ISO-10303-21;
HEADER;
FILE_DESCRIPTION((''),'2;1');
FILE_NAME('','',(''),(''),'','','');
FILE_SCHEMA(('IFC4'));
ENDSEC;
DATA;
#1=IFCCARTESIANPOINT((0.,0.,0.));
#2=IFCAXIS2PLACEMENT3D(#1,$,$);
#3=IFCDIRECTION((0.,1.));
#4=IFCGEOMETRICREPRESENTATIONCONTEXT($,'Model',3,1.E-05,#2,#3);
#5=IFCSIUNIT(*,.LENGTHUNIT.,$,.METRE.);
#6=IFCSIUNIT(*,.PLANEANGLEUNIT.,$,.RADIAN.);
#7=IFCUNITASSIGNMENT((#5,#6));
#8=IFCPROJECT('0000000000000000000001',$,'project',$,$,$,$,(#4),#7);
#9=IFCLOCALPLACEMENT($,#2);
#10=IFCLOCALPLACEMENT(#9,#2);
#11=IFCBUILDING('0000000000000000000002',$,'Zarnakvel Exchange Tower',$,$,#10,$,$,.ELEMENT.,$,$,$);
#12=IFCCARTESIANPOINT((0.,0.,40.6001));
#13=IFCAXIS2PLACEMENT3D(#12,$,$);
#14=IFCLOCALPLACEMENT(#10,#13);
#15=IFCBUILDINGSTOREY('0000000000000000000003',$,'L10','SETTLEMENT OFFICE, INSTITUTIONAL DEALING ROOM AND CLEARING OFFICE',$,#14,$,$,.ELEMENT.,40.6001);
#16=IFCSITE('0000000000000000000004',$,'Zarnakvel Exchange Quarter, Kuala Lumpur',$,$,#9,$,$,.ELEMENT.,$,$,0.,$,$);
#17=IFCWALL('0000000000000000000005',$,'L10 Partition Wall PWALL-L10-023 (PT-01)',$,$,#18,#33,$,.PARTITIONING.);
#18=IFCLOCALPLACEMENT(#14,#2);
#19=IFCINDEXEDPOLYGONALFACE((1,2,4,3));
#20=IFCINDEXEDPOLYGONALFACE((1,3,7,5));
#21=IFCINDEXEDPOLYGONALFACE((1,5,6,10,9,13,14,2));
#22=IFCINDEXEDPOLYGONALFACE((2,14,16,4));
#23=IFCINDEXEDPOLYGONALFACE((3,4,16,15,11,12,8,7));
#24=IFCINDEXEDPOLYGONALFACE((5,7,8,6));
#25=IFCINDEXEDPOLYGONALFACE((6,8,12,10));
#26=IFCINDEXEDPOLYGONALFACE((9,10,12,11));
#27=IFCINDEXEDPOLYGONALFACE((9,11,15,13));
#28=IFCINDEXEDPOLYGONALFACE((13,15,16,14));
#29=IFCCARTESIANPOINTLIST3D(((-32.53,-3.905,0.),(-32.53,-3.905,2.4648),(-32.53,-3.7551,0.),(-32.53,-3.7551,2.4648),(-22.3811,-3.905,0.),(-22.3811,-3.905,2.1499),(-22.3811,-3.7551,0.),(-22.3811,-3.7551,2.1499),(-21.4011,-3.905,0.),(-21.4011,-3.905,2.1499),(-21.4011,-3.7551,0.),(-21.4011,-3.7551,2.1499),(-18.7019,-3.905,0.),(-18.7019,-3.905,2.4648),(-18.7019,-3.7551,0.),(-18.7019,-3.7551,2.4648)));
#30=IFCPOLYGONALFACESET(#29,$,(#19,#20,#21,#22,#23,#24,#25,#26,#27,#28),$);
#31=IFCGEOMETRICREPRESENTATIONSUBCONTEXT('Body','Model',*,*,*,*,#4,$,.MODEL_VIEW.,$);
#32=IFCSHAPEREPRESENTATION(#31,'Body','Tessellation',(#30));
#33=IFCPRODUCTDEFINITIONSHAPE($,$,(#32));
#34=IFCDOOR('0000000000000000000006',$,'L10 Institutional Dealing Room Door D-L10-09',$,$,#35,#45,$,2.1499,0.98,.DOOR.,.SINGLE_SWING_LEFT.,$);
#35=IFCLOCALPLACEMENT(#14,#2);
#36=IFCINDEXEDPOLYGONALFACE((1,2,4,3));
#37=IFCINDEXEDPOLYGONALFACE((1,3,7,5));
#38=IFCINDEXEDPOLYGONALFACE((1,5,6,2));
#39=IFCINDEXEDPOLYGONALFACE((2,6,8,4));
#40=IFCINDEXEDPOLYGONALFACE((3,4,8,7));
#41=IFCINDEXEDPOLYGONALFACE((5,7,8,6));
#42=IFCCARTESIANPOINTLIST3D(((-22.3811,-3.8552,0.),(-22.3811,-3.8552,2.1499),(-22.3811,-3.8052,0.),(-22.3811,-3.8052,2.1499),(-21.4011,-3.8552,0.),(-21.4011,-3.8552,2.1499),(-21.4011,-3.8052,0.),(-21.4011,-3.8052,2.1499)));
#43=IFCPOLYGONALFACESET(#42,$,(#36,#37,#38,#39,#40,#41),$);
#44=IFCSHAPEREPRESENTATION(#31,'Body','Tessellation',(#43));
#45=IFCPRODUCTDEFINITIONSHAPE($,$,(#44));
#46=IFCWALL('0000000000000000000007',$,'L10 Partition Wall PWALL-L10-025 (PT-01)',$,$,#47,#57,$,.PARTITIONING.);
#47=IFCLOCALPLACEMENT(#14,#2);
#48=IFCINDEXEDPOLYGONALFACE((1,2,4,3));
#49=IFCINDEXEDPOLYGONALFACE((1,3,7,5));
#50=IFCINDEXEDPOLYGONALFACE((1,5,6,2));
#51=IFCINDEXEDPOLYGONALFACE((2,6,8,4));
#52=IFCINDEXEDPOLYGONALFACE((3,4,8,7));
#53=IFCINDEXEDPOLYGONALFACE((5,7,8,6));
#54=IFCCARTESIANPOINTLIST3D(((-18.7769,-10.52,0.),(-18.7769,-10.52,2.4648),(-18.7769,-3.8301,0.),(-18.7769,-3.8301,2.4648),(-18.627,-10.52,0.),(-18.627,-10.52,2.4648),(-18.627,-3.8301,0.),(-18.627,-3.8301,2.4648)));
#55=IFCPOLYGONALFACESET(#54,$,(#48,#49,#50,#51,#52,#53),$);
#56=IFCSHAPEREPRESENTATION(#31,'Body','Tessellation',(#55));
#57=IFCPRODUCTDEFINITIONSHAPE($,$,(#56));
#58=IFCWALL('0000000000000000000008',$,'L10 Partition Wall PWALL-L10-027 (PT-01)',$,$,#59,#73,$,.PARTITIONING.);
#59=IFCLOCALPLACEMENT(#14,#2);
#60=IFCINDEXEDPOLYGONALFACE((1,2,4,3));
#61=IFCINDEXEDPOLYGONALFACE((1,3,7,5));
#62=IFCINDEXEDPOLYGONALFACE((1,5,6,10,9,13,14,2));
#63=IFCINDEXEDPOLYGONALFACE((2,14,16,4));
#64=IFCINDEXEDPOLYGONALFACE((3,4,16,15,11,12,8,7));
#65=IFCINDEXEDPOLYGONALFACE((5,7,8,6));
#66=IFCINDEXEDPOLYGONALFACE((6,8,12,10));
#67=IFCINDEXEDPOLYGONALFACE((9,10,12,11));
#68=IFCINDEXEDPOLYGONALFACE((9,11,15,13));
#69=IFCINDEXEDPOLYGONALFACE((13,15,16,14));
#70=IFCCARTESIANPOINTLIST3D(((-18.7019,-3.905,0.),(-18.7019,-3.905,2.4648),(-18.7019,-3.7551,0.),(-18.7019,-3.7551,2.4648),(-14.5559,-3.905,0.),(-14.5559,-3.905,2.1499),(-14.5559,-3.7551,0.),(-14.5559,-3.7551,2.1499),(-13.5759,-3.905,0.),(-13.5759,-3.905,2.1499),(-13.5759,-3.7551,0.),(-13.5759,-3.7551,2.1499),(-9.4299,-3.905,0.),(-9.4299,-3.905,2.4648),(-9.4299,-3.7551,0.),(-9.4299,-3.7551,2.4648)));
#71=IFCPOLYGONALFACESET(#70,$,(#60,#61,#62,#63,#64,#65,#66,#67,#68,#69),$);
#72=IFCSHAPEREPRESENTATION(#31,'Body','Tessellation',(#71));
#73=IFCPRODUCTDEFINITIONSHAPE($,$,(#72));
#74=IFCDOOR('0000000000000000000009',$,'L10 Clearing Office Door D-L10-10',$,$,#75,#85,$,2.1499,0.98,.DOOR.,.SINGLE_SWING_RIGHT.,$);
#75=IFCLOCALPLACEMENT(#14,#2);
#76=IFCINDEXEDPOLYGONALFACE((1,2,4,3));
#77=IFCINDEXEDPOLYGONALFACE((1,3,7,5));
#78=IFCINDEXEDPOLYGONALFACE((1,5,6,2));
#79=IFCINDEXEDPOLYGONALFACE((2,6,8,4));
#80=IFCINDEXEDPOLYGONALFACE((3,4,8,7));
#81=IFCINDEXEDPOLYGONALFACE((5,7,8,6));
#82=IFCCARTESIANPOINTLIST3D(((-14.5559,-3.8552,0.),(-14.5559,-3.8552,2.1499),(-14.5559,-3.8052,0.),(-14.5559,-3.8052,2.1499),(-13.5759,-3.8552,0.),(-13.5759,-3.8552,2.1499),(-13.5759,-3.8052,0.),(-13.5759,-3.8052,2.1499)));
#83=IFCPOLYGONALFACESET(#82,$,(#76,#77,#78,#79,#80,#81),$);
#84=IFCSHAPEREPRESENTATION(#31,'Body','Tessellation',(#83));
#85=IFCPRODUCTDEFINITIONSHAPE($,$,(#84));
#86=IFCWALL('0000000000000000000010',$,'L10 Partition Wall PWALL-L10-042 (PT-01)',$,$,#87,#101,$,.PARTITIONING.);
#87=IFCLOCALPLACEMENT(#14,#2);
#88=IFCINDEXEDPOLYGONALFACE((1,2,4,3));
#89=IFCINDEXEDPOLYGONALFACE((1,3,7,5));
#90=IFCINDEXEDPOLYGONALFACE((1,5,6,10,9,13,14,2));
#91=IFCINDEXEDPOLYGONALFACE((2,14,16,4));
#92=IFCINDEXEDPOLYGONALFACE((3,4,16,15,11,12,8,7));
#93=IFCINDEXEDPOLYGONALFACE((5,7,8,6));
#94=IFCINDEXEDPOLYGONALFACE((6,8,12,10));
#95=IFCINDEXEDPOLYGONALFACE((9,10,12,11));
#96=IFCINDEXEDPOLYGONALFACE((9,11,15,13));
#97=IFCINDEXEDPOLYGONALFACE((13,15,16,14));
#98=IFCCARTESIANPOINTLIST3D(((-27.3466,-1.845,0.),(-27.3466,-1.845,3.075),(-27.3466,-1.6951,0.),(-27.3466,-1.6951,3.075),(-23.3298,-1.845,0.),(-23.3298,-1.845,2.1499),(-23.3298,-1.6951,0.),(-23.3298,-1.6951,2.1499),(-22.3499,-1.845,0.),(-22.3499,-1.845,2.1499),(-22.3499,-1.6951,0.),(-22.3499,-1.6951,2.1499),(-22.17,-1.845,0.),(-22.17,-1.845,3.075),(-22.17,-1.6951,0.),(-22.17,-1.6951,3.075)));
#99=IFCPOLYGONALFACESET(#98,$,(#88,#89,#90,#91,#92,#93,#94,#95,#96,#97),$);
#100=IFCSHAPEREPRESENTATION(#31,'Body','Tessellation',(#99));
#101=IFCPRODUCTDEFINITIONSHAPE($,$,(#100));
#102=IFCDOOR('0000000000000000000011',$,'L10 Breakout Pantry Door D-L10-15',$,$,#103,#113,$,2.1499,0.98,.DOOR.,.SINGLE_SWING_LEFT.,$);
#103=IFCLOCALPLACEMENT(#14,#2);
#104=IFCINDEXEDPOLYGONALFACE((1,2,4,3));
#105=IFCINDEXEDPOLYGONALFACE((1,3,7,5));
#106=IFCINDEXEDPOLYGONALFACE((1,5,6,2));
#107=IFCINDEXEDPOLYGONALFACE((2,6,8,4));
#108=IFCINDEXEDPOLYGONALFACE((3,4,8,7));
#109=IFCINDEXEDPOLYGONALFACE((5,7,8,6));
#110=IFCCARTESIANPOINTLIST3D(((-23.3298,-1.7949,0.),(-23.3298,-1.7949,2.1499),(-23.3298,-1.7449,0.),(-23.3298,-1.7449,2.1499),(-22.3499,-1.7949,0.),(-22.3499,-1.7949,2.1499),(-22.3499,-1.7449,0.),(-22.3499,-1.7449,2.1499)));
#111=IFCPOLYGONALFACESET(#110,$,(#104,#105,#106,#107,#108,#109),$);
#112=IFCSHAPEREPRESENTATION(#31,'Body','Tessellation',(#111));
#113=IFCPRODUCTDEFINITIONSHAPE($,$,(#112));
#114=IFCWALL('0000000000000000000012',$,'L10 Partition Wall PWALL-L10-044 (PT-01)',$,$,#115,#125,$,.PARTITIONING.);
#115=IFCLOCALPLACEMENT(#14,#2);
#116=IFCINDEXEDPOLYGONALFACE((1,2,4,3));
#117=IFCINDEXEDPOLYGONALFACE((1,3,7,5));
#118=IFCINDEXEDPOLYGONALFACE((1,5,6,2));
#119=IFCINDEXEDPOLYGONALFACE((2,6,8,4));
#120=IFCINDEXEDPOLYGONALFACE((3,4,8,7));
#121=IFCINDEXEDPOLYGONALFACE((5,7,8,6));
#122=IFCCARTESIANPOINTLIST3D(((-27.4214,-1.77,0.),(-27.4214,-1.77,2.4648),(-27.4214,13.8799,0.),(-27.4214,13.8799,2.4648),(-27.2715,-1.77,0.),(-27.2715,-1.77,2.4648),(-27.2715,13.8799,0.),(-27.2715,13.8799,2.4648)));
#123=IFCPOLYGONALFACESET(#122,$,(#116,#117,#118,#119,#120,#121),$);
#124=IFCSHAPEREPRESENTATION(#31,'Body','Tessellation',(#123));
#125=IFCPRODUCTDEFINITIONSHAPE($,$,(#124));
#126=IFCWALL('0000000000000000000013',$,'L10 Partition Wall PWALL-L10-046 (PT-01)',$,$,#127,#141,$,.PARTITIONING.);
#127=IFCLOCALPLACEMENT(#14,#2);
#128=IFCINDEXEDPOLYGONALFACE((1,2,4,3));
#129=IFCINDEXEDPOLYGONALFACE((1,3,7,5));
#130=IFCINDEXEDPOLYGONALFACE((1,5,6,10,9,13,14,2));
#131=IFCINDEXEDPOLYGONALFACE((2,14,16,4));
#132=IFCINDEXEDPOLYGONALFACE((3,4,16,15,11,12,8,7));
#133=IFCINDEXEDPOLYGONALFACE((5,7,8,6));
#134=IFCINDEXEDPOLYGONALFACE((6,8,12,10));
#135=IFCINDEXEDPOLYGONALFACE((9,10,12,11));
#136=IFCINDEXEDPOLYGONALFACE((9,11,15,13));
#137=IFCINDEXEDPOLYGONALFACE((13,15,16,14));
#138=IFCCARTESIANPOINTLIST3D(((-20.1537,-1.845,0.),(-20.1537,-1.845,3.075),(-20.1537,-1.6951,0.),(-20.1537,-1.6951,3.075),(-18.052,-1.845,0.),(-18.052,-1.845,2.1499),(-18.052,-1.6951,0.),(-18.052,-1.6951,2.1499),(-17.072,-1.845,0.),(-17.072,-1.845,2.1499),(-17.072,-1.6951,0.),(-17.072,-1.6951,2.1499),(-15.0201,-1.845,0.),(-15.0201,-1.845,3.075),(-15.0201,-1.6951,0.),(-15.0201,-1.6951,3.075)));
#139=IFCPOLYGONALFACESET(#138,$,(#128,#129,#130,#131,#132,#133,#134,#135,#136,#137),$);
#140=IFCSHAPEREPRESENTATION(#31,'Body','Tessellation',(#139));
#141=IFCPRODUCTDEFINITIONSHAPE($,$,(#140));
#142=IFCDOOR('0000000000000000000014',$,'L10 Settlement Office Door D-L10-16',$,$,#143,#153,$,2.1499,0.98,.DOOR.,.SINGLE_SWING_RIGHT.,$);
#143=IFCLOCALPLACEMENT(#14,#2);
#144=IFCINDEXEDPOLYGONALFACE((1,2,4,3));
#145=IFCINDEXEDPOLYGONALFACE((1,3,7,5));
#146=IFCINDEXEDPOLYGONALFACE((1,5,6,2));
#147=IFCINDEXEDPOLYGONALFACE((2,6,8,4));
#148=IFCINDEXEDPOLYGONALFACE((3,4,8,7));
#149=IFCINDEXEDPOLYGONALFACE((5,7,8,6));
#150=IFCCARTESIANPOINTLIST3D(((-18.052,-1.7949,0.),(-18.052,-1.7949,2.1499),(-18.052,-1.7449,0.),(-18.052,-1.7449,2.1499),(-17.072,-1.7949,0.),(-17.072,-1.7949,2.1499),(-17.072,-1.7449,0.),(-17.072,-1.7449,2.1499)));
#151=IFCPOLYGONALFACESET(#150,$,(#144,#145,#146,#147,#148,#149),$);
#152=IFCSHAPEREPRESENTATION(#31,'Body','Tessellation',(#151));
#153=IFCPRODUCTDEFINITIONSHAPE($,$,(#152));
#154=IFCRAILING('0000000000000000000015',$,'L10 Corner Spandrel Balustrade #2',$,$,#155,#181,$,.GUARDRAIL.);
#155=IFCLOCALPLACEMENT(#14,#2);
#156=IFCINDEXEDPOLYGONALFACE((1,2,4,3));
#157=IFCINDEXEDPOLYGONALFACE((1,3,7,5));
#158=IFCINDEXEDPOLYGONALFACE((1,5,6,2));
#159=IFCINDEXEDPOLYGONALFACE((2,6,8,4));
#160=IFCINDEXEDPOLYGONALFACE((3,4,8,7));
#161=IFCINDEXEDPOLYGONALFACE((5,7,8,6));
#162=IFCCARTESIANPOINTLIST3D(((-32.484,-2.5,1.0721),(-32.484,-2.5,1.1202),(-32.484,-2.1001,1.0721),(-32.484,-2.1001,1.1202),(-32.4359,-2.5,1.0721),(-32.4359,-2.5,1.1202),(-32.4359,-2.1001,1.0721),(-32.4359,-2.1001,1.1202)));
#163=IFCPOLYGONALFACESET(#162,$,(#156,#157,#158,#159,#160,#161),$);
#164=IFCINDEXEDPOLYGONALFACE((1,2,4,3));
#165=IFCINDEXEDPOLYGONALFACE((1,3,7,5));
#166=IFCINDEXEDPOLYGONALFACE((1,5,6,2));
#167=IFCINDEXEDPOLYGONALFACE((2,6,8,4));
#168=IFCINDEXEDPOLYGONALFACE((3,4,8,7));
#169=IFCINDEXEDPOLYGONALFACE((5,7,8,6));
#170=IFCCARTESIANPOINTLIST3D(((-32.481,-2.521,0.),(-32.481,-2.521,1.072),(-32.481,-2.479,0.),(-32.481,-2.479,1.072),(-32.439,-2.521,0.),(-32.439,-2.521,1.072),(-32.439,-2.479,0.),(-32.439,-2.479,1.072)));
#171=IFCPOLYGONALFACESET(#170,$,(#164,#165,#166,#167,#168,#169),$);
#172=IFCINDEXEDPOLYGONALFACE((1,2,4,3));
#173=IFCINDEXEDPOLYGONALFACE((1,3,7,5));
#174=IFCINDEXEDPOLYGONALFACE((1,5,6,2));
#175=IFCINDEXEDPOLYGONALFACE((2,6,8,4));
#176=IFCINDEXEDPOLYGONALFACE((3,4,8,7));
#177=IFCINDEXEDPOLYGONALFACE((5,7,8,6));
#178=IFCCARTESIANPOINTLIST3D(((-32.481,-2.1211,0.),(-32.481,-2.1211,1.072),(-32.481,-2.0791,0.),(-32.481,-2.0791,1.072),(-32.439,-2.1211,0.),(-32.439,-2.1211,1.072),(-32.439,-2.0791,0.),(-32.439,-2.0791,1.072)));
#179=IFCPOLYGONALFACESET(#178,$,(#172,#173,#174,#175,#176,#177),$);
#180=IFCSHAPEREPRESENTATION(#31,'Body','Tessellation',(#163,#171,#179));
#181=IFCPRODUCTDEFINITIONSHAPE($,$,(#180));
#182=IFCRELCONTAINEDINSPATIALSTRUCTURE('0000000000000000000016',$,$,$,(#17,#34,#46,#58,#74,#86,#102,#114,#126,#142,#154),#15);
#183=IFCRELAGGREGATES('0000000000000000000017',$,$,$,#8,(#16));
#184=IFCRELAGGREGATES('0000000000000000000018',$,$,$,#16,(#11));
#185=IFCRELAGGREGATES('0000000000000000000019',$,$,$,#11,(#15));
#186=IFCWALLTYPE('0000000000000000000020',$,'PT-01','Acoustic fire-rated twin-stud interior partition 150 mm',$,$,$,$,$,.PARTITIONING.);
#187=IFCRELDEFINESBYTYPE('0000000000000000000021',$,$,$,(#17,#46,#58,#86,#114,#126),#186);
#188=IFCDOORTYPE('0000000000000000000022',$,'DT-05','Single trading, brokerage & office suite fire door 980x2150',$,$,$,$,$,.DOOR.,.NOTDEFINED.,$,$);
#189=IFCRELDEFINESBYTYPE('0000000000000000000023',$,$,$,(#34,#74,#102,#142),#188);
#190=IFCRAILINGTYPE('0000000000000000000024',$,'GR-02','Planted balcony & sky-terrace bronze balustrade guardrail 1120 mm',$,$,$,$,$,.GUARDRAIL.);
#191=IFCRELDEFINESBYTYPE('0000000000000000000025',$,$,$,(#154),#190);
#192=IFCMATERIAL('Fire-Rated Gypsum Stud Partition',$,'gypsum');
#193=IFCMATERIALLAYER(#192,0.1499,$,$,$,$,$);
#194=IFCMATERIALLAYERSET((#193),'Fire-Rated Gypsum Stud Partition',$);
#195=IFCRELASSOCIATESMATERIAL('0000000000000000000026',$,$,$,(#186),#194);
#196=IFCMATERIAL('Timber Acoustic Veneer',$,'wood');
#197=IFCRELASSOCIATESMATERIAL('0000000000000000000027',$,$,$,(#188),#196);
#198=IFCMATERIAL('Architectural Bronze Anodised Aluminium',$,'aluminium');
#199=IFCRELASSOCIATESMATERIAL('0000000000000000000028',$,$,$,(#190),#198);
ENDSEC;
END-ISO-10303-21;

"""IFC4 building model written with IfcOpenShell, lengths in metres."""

from ifc_helpers import new_model, si_unit, direction, frame, frame_2d, origin, origin_2d, place, context, subcontext, project, spatial, rectangle, extrude, source, transform, mapped, material, layer, layer_set, type_object, element, fill, save


model = new_model("IFC4")

# Units and contexts
model_context = context("Model", 3, precision=1e-05, world=origin(), true_north=direction((0.0, 1.0)))
body_context = subcontext(model_context, "Body", "Model", "MODEL_VIEW")
ifc_project = project(units=[si_unit("LENGTHUNIT", "METRE"), si_unit("PLANEANGLEUNIT", "RADIAN")], contexts=[model_context])

# Site, building, storey
site_placement = place(None, origin())
site = spatial("IfcSite", under=ifc_project, at=site_placement, Name="Zarnakvel Exchange Quarter, Kuala Lumpur", CompositionType="ELEMENT", RefElevation=0.0)
building_placement = place(site_placement, origin())
building = spatial("IfcBuilding", under=site, at=building_placement, Name="Zarnakvel Exchange Tower", CompositionType="ELEMENT")
storey_placement = place(building_placement, frame((0.0, 0.0, 40.6001)))
storey = spatial("IfcBuildingStorey", under=building, at=storey_placement, Name="L10", Description="SETTLEMENT OFFICE, INSTITUTIONAL DEALING ROOM AND CLEARING OFFICE", CompositionType="ELEMENT", Elevation=40.6001)

# Shared definitions
ifc_material_1 = material(Name="Architectural Bronze Anodised Aluminium", Category="aluminium")

# Wall, opening, door
ifc_material_2 = material(Name="Fire-Rated Gypsum Stud Partition", Category="gypsum")
ifc_layer_1 = layer(ifc_material_2, 0.1499)
ifc_layer_set_1 = layer_set([ifc_layer_1], Name="Fire-Rated Gypsum Stud Partition")
wall_type_1 = type_object("IfcWallType", Name="PT-01", Description="Acoustic fire-rated twin-stud interior partition 150 mm", PredefinedType="PARTITIONING", material=ifc_layer_set_1)
wall_1_placement = place(storey_placement, frame((-32.53, -3.8301, 0.0), z_axis=(0.0, 0.0, 1.0), x_axis=(1.0, 0.0, 0.0)))
wall_1 = element("IfcWall", 1, at=wall_1_placement, inside=storey, type_object=wall_type_1, Name="L10 Partition Wall PWALL-L10-023 (PT-01)", PredefinedType="PARTITIONING", context=body_context, shape_type="SweptSolid", body=[
    extrude(rectangle(XDim=13.8281, YDim=0.1499, at=frame_2d((6.9141, 0.0))), origin(), (0.0, 0.0, 1.0), 2.4648),
])
opening_1_placement = place(wall_1_placement, frame((10.1489, 0.0, 0.0)))
opening_1 = element("IfcOpeningElement", 2, at=opening_1_placement, cuts=wall_1, PredefinedType="OPENING", context=body_context, shape_type="SweptSolid", body=[
    extrude(rectangle(XDim=0.98, YDim=2.1499, at=frame_2d((0.49, 1.075))), frame((0.0, 0.085, 0.0), z_axis=(0.0, -1.0, 0.0), x_axis=(1.0, 0.0, 0.0)), (0.0, 0.0, 1.0), 0.1699),
])
ifc_material_3 = material(Name="Timber Acoustic Veneer", Category="wood")
door_type = type_object("IfcDoorType", Name="DT-05", Description="Single trading, brokerage & office suite fire door 980x2150", OperationType="NOTDEFINED", PredefinedType="DOOR", material=ifc_material_3)
shared_shape_1 = source(origin(), body_context, "Body", "SweptSolid", [
    extrude(rectangle(XDim=0.98, YDim=2.1499, at=frame_2d((0.49, 1.075))), frame((0.0, 0.0249, 0.0), z_axis=(0.0, -1.0, 0.0), x_axis=(1.0, 0.0, 0.0)), (0.0, 0.0, 1.0), 0.05),
])
door_1_placement = place(opening_1_placement, origin())
door_1 = element("IfcDoor", 3, at=door_1_placement, inside=storey, type_object=door_type, Name="L10 Institutional Dealing Room Door D-L10-09", OperationType="SINGLE_SWING_LEFT", OverallHeight=2.1499, OverallWidth=0.98, PredefinedType="DOOR", context=body_context, shape_type="MappedRepresentation", body=[
    mapped(shared_shape_1, transform((0.0, 0.0, 0.0), x_axis=(1.0, 0.0, 0.0), y_axis=(0.0, 1.0, 0.0), z_axis=(0.0, 0.0, 1.0), scale=1.0)),
])
fill(opening_1, door_1)

# Wall
wall_2_placement = place(storey_placement, frame((-18.7019, -3.8301, 0.0), z_axis=(0.0, 0.0, 1.0), x_axis=(0.0, -1.0, 0.0)))
element("IfcWall", 4, at=wall_2_placement, inside=storey, type_object=wall_type_1, Name="L10 Partition Wall PWALL-L10-025 (PT-01)", PredefinedType="PARTITIONING", context=body_context, shape_type="SweptSolid", body=[
    extrude(rectangle(XDim=6.6899, YDim=0.1499, at=frame_2d((3.345, 0.0))), origin(), (0.0, 0.0, 1.0), 2.4648),
])

# Walls, openings, doors
wall_3_placement = place(storey_placement, frame((-18.7019, -3.8301, 0.0), z_axis=(0.0, 0.0, 1.0), x_axis=(1.0, 0.0, 0.0)))
wall_3 = element("IfcWall", 5, at=wall_3_placement, inside=storey, type_object=wall_type_1, Name="L10 Partition Wall PWALL-L10-027 (PT-01)", PredefinedType="PARTITIONING", context=body_context, shape_type="SweptSolid", body=[
    extrude(rectangle(XDim=9.272, YDim=0.1499, at=frame_2d((4.636, 0.0))), origin(), (0.0, 0.0, 1.0), 2.4648),
])
opening_2_placement = place(wall_3_placement, frame((4.146, 0.0, 0.0)))
opening_2 = element("IfcOpeningElement", 6, at=opening_2_placement, cuts=wall_3, PredefinedType="OPENING", context=body_context, shape_type="SweptSolid", body=[
    extrude(rectangle(XDim=0.98, YDim=2.1499, at=frame_2d((0.49, 1.075))), frame((0.0, 0.085, 0.0), z_axis=(0.0, -1.0, 0.0), x_axis=(1.0, 0.0, 0.0)), (0.0, 0.0, 1.0), 0.1699),
])
door_2_placement = place(opening_2_placement, origin())
door_2 = element("IfcDoor", 7, at=door_2_placement, inside=storey, type_object=door_type, Name="L10 Clearing Office Door D-L10-10", OperationType="SINGLE_SWING_RIGHT", OverallHeight=2.1499, OverallWidth=0.98, PredefinedType="DOOR", context=body_context, shape_type="MappedRepresentation", body=[
    mapped(shared_shape_1, transform((0.0, 0.0, 0.0), x_axis=(1.0, 0.0, 0.0), y_axis=(0.0, 1.0, 0.0), z_axis=(0.0, 0.0, 1.0), scale=1.0)),
])
fill(opening_2, door_2)
wall_4_placement = place(storey_placement, frame((-22.1699, -1.77, 0.0), z_axis=(0.0, 0.0, 1.0), x_axis=(-1.0, 0.0, 0.0)))
wall_4 = element("IfcWall", 8, at=wall_4_placement, inside=storey, type_object=wall_type_1, Name="L10 Partition Wall PWALL-L10-042 (PT-01)", PredefinedType="PARTITIONING", context=body_context, shape_type="SweptSolid", body=[
    extrude(rectangle(XDim=5.1765, YDim=0.1499, at=frame_2d((2.5884, 0.0))), origin(), (0.0, 0.0, 1.0), 3.075),
])
opening_3_placement = place(wall_4_placement, frame((0.1799, 0.0, 0.0)))
opening_3 = element("IfcOpeningElement", 9, at=opening_3_placement, cuts=wall_4, PredefinedType="OPENING", context=body_context, shape_type="SweptSolid", body=[
    extrude(rectangle(XDim=0.98, YDim=2.1499, at=frame_2d((0.49, 1.075))), frame((0.0, 0.085, 0.0), z_axis=(0.0, -1.0, 0.0), x_axis=(1.0, 0.0, 0.0)), (0.0, 0.0, 1.0), 0.1699),
])
door_3_placement = place(opening_3_placement, origin())
door_3 = element("IfcDoor", 10, at=door_3_placement, inside=storey, type_object=door_type, Name="L10 Breakout Pantry Door D-L10-15", OperationType="SINGLE_SWING_LEFT", OverallHeight=2.1499, OverallWidth=0.98, PredefinedType="DOOR", context=body_context, shape_type="MappedRepresentation", body=[
    mapped(shared_shape_1, transform((0.0, 0.0, 0.0), x_axis=(1.0, 0.0, 0.0), y_axis=(0.0, 1.0, 0.0), z_axis=(0.0, 0.0, 1.0), scale=1.0)),
])
fill(opening_3, door_3)

# Wall
wall_5_placement = place(storey_placement, frame((-27.3464, -1.77, 0.0), z_axis=(0.0, 0.0, 1.0), x_axis=(0.0, 1.0, 0.0)))
element("IfcWall", 11, at=wall_5_placement, inside=storey, type_object=wall_type_1, Name="L10 Partition Wall PWALL-L10-044 (PT-01)", PredefinedType="PARTITIONING", context=body_context, shape_type="SweptSolid", body=[
    extrude(rectangle(XDim=15.6499, YDim=0.1499, at=frame_2d((7.825, 0.0))), origin(), (0.0, 0.0, 1.0), 2.4648),
])

# Wall, opening, door
wall_6_placement = place(storey_placement, frame((-15.02, -1.77, 0.0), z_axis=(0.0, 0.0, 1.0), x_axis=(-1.0, 0.0, 0.0)))
wall_6 = element("IfcWall", 12, at=wall_6_placement, inside=storey, type_object=wall_type_1, Name="L10 Partition Wall PWALL-L10-046 (PT-01)", PredefinedType="PARTITIONING", context=body_context, shape_type="SweptSolid", body=[
    extrude(rectangle(XDim=5.1335, YDim=0.1499, at=frame_2d((2.5669, 0.0))), origin(), (0.0, 0.0, 1.0), 3.075),
])
opening_4_placement = place(wall_6_placement, frame((2.052, 0.0, 0.0)))
opening_4 = element("IfcOpeningElement", 13, at=opening_4_placement, cuts=wall_6, PredefinedType="OPENING", context=body_context, shape_type="SweptSolid", body=[
    extrude(rectangle(XDim=0.98, YDim=2.1499, at=frame_2d((0.49, 1.075))), frame((0.0, 0.085, 0.0), z_axis=(0.0, -1.0, 0.0), x_axis=(1.0, 0.0, 0.0)), (0.0, 0.0, 1.0), 0.1699),
])
door_4_placement = place(opening_4_placement, origin())
door_4 = element("IfcDoor", 14, at=door_4_placement, inside=storey, type_object=door_type, Name="L10 Settlement Office Door D-L10-16", OperationType="SINGLE_SWING_RIGHT", OverallHeight=2.1499, OverallWidth=0.98, PredefinedType="DOOR", context=body_context, shape_type="MappedRepresentation", body=[
    mapped(shared_shape_1, transform((0.0, 0.0, 0.0), x_axis=(1.0, 0.0, 0.0), y_axis=(0.0, 1.0, 0.0), z_axis=(0.0, 0.0, 1.0), scale=1.0)),
])
fill(opening_4, door_4)

# Railing
railing_type = type_object("IfcRailingType", Name="GR-02", Description="Planted balcony & sky-terrace bronze balustrade guardrail 1120 mm", PredefinedType="GUARDRAIL", material=ifc_material_1)
railing_placement = place(storey_placement, frame((-32.46, -2.5, 0.0)))
element("IfcRailing", 15, at=railing_placement, inside=storey, type_object=railing_type, Name="L10 Corner Spandrel Balustrade #2", PredefinedType="GUARDRAIL", context=body_context, shape_type="SweptSolid", body=[
    extrude(rectangle(XDim=0.0481, YDim=0.0481, at=origin_2d()), frame((0.0, 0.0, 1.0962), z_axis=(0.0, 1.0, 0.0), x_axis=(-1.0, 0.0, 0.0)), (0.0, 0.0, 1.0), 0.3999),
    extrude(rectangle(XDim=0.042, YDim=0.042, at=origin_2d()), origin(), (0.0, 0.0, 1.0), 1.072),
    extrude(rectangle(XDim=0.042, YDim=0.042, at=origin_2d()), frame((0.0, 0.3999, 0.0)), (0.0, 0.0, 1.0), 1.072),
])

save(model, "model.ifc")
